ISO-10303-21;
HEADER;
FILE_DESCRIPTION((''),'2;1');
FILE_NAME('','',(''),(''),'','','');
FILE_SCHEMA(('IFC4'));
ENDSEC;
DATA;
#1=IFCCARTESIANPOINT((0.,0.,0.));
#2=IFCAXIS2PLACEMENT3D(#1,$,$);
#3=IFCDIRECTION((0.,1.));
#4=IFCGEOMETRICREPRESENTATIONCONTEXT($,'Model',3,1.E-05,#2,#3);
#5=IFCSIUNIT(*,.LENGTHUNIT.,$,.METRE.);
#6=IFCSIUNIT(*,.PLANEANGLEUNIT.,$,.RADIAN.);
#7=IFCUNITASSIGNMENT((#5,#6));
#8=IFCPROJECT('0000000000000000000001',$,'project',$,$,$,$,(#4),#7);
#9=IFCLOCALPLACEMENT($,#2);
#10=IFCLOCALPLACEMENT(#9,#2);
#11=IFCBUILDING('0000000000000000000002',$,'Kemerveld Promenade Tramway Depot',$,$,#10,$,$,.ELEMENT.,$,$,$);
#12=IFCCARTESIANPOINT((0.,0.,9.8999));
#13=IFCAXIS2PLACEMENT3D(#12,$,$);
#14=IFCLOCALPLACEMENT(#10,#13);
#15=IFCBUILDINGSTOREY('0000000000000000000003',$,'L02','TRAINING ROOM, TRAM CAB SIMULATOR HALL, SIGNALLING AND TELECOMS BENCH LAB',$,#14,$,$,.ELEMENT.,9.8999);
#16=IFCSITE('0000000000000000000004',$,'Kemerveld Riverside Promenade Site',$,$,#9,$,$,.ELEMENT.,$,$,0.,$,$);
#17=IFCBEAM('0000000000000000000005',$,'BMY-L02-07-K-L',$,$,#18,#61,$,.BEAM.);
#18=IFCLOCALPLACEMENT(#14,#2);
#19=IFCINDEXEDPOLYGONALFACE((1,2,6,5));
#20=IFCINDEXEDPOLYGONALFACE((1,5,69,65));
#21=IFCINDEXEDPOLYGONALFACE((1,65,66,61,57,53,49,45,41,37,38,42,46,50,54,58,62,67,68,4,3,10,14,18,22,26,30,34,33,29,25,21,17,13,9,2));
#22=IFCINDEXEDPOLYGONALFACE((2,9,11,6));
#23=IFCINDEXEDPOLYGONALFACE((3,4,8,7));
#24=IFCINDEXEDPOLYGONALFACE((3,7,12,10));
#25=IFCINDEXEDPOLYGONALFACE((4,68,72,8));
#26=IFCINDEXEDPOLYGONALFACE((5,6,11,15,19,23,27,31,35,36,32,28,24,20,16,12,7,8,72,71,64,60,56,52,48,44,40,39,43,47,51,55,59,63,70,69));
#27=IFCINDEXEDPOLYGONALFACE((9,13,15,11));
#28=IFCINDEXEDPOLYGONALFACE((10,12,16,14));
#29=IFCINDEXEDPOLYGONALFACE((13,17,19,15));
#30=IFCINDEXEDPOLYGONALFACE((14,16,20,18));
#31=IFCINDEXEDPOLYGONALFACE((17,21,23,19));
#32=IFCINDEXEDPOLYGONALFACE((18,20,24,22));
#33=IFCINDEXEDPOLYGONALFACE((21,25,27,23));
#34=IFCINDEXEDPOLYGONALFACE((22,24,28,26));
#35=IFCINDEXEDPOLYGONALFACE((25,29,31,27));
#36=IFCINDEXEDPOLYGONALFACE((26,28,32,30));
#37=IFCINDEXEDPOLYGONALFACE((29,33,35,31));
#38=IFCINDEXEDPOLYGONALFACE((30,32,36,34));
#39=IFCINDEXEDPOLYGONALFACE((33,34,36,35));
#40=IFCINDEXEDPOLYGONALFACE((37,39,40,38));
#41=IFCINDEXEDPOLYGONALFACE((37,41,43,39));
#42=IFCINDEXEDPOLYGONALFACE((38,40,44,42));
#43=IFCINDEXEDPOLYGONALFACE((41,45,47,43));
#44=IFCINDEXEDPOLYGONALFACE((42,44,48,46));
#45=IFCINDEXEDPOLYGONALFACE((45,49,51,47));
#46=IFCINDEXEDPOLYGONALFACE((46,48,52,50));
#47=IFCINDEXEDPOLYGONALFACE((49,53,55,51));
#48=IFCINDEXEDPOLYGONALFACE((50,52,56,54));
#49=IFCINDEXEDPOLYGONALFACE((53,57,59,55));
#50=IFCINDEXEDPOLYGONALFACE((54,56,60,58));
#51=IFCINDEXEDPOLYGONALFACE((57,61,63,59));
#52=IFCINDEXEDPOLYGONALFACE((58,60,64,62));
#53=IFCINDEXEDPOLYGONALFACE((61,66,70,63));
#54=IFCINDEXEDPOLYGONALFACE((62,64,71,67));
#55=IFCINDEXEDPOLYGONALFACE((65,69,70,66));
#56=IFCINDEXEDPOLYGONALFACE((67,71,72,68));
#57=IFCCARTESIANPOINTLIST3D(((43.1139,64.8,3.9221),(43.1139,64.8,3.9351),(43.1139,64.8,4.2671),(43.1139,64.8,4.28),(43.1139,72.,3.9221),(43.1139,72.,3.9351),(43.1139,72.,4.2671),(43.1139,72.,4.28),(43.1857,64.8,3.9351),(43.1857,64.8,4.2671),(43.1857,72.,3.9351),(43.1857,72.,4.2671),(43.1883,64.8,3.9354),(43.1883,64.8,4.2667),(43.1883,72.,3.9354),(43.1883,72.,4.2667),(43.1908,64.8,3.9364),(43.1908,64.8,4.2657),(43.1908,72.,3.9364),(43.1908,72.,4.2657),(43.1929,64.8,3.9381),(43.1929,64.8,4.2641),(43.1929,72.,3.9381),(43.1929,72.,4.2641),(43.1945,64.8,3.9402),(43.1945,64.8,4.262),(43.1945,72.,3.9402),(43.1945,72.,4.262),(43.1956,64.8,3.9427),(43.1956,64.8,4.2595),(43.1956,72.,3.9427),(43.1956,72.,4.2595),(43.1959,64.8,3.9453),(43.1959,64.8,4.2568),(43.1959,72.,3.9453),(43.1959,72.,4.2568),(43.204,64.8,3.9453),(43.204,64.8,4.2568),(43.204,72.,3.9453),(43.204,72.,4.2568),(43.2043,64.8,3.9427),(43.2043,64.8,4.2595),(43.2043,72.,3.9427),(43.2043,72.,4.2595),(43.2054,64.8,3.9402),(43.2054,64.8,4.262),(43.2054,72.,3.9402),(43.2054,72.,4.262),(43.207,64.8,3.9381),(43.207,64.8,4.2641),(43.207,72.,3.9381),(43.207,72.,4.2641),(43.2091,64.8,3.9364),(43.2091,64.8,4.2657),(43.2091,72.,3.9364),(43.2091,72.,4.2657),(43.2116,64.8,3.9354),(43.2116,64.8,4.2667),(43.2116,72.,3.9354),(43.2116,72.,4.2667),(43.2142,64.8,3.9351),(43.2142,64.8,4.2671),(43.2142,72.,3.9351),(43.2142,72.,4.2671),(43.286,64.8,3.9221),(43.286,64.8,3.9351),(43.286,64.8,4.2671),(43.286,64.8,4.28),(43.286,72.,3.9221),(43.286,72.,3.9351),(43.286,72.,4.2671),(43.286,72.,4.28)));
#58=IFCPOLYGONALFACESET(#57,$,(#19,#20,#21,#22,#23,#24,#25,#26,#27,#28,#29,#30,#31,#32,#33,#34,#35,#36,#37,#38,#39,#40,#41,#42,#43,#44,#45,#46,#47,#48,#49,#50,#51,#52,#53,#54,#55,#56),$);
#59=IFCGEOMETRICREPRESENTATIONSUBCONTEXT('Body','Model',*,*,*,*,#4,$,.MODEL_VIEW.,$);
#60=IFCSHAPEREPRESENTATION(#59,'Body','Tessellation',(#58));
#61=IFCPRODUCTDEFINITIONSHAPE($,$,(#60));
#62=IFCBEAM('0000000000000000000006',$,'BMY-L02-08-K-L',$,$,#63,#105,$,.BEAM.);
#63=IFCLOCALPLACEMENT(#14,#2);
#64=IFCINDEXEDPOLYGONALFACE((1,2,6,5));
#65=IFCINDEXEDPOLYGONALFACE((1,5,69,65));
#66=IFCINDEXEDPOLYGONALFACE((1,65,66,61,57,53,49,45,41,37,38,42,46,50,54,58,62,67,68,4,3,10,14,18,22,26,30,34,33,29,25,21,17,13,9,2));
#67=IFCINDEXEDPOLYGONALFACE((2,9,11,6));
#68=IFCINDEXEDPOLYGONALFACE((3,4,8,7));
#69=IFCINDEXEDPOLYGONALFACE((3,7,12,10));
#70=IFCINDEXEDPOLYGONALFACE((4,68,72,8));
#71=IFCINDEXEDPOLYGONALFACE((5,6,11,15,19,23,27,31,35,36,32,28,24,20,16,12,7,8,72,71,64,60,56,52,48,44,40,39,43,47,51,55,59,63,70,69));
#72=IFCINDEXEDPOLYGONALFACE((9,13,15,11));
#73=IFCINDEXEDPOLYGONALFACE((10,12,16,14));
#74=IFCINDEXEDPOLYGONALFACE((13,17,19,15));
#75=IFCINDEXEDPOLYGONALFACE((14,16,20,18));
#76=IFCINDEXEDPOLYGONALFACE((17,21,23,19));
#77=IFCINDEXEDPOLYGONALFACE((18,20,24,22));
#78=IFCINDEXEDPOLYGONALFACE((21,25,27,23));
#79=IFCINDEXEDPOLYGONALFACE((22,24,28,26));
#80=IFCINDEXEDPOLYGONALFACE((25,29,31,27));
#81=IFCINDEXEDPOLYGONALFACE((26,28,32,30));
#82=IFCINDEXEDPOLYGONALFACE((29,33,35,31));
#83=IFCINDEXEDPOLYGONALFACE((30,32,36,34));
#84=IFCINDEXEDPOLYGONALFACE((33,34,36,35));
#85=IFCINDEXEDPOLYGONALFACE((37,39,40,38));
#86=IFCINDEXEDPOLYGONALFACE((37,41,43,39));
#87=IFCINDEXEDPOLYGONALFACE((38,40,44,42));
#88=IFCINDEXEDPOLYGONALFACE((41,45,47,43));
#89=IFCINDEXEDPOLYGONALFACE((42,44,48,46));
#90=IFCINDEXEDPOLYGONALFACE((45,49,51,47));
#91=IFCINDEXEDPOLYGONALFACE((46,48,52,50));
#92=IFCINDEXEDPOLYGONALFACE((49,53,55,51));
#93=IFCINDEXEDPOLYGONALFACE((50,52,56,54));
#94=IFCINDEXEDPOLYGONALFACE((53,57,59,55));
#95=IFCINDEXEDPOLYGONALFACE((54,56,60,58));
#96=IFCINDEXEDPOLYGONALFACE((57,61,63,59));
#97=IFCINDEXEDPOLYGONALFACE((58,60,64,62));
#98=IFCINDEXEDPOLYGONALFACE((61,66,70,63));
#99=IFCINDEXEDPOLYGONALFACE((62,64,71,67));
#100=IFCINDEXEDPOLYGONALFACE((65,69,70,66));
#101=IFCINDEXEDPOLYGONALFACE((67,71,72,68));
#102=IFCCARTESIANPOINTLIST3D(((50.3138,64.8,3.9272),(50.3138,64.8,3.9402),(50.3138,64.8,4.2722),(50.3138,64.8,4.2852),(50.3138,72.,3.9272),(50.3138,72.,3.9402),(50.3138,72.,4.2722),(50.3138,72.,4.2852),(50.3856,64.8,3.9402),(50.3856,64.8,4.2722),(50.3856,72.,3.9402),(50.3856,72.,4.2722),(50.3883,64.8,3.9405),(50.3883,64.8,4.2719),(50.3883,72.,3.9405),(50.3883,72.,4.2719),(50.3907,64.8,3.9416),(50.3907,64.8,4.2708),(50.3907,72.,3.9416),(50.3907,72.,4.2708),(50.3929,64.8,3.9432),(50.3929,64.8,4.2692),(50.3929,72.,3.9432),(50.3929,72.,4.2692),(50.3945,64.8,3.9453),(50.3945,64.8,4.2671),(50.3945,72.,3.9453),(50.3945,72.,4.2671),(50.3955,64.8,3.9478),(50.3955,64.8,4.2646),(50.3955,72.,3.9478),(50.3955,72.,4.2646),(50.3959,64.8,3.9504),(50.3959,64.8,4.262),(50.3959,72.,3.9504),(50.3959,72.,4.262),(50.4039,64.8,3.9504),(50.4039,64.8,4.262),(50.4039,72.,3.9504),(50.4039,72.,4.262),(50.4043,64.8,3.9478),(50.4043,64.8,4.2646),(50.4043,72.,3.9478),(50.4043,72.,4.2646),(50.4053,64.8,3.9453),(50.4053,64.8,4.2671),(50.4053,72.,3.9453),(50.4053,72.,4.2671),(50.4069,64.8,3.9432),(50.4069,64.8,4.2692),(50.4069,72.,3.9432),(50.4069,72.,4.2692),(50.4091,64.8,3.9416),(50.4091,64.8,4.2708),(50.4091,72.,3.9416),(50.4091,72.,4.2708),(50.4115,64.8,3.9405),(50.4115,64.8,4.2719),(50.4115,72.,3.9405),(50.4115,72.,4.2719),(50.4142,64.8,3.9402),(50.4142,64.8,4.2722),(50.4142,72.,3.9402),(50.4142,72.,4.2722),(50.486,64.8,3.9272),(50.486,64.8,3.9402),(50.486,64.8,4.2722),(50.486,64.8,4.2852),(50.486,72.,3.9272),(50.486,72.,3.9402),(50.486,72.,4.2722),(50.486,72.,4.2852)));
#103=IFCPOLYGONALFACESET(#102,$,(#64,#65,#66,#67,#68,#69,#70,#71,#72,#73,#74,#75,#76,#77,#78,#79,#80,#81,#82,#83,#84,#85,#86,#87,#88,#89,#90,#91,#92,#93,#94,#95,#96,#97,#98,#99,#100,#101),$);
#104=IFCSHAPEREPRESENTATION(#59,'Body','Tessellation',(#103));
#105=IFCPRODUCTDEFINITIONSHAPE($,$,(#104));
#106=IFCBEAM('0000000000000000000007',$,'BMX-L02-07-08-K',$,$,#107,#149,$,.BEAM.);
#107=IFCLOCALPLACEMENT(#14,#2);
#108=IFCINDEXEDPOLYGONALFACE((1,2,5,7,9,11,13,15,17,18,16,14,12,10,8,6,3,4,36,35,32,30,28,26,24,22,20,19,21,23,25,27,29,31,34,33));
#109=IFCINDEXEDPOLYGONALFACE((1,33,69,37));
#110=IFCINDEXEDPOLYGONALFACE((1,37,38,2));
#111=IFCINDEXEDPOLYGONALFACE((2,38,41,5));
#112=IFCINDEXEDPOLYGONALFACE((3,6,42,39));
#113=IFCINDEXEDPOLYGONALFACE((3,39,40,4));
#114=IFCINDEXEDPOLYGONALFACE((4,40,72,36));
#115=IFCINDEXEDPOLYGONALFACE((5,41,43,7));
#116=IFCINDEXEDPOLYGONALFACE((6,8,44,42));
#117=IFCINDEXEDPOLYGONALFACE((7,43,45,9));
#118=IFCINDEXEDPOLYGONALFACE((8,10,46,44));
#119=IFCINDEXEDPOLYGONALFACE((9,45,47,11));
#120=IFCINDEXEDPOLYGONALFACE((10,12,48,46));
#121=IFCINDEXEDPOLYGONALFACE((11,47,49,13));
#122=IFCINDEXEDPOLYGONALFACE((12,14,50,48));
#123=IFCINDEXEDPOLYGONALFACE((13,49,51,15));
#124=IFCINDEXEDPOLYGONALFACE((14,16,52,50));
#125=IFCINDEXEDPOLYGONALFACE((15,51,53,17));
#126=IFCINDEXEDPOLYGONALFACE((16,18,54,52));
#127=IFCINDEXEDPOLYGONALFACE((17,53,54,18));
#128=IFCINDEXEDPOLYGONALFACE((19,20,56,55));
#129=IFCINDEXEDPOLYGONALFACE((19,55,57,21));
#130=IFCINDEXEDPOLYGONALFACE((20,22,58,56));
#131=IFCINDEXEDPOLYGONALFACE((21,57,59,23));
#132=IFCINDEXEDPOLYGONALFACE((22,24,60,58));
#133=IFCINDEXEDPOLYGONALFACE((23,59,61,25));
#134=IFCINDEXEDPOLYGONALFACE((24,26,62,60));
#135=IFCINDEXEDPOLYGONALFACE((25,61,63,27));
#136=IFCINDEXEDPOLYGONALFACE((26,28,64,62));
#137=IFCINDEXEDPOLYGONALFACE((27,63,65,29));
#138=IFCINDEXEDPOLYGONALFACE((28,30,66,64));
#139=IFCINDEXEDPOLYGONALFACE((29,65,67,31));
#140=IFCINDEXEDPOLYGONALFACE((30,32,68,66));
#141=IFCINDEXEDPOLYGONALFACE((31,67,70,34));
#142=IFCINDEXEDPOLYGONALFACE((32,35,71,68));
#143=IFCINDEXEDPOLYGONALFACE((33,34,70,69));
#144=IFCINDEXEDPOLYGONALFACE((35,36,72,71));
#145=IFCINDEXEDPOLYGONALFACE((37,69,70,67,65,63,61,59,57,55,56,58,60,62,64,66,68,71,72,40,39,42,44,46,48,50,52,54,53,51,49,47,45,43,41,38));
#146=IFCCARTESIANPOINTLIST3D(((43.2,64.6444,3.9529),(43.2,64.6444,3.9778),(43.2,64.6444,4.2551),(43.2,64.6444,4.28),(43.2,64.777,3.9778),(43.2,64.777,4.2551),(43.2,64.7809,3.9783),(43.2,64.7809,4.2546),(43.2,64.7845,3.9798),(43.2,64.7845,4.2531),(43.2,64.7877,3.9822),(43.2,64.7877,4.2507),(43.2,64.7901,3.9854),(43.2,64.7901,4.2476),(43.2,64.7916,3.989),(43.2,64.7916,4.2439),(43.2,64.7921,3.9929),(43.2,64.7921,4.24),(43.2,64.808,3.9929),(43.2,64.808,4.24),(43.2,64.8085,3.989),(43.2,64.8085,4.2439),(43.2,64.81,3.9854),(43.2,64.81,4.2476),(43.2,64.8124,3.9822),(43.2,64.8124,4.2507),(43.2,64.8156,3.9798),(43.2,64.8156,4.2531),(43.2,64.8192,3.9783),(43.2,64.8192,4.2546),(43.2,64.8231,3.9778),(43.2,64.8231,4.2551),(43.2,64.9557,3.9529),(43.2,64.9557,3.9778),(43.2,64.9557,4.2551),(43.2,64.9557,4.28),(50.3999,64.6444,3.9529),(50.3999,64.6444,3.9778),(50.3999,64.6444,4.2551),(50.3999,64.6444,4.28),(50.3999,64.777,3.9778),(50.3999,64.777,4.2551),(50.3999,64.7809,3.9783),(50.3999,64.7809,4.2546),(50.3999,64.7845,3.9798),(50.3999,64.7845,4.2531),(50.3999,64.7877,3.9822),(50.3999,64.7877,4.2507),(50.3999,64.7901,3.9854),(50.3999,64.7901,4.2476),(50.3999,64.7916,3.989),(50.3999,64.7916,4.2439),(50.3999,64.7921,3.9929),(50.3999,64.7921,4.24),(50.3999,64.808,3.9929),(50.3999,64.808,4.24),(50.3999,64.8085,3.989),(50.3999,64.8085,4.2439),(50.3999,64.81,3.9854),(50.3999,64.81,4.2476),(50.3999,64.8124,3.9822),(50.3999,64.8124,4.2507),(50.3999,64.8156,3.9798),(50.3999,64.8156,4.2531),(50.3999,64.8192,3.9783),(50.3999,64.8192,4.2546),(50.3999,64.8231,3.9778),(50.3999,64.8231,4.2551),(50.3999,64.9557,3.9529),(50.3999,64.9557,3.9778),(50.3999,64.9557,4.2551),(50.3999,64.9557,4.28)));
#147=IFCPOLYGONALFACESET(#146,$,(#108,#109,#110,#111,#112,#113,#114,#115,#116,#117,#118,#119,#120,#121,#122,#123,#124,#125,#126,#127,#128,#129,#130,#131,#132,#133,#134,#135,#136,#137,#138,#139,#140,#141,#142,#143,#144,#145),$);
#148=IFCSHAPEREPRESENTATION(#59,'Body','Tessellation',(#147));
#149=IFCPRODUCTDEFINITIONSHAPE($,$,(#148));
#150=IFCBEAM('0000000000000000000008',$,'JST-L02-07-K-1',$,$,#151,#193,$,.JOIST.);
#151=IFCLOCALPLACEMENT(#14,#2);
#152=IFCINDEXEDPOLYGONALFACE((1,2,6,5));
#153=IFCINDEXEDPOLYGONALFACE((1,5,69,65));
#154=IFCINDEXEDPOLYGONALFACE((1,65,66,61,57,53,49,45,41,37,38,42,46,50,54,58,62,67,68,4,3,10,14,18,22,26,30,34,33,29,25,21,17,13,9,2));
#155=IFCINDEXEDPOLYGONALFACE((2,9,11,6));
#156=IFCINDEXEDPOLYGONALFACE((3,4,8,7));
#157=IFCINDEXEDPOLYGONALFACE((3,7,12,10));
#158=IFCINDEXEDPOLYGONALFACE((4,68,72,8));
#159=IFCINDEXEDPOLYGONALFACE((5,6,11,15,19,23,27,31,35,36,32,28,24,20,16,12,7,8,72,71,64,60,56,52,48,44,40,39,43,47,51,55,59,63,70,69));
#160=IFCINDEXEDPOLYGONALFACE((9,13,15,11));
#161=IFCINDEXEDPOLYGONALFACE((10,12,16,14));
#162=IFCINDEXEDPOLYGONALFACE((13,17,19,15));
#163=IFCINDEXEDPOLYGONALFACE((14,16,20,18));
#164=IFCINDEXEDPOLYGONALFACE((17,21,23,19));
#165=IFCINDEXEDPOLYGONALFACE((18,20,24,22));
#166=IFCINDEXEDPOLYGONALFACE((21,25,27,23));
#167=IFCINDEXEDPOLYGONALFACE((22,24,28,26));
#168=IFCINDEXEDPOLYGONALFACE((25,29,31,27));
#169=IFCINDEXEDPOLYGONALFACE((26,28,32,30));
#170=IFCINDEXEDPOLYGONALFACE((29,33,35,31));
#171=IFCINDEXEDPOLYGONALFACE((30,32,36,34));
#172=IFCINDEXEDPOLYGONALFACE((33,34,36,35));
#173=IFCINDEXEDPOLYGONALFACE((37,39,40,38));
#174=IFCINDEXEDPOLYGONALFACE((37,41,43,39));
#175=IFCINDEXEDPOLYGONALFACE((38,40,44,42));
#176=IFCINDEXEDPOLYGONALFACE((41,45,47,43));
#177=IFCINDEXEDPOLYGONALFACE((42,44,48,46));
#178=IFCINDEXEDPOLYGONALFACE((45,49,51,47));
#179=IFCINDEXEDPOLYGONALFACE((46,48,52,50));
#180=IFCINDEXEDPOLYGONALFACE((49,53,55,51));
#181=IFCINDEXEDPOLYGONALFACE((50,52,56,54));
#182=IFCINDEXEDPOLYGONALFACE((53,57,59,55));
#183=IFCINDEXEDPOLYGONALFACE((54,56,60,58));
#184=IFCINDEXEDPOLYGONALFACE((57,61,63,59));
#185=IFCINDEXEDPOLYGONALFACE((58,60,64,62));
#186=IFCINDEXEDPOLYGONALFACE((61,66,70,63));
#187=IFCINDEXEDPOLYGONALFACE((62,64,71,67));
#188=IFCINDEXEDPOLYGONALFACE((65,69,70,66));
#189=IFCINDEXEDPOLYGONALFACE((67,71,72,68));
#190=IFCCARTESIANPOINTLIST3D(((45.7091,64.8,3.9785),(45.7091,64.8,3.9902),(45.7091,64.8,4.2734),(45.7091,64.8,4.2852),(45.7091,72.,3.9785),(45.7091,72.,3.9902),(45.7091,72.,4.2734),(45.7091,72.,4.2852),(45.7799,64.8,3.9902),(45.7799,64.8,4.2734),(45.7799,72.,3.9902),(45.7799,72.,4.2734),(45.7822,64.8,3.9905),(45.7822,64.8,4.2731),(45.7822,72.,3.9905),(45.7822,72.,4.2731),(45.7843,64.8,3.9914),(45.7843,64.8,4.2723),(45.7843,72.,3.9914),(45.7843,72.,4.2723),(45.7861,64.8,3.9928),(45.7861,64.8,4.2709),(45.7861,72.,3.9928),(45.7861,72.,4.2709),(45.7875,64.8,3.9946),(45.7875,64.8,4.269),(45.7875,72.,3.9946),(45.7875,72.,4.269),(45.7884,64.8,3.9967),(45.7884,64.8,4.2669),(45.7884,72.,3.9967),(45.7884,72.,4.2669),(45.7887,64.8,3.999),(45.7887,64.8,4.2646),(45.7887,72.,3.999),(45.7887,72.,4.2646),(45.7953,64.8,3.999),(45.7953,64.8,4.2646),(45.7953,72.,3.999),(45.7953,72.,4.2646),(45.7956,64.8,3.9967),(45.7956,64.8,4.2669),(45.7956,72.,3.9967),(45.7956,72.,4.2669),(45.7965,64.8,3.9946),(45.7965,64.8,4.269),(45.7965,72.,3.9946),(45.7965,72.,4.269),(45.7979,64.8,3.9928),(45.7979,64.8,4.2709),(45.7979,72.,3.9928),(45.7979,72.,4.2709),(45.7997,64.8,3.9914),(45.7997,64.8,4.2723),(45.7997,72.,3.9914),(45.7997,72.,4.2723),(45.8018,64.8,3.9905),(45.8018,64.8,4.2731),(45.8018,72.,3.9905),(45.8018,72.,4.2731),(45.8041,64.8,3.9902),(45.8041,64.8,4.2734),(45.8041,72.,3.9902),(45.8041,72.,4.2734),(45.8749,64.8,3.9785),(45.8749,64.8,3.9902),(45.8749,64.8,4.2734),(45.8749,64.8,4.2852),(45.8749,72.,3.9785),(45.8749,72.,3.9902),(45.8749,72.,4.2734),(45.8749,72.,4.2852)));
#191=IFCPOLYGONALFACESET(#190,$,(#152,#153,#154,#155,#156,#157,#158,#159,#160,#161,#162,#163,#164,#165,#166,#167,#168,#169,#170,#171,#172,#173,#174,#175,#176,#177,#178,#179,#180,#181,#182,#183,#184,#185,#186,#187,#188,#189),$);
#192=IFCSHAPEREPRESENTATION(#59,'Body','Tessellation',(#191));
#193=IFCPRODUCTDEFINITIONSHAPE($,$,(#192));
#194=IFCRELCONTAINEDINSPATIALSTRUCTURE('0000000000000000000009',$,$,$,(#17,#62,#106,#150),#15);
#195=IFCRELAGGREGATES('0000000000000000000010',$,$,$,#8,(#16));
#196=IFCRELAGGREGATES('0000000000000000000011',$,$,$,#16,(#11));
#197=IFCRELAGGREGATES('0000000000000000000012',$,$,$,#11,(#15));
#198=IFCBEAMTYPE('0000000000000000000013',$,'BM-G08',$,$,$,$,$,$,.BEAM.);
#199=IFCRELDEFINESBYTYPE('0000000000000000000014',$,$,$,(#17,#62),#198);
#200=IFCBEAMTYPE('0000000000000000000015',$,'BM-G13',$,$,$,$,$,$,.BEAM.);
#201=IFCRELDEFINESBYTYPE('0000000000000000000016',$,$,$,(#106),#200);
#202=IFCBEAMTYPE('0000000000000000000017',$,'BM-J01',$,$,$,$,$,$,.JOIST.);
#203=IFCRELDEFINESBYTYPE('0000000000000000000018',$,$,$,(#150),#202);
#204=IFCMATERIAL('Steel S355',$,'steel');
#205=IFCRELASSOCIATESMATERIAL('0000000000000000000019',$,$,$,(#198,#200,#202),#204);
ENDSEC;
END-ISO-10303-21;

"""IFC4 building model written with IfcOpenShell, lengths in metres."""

from ifc_helpers import new_model, si_unit, direction, frame, origin, origin_2d, place, context, subcontext, project, spatial, i_section, extrude, material, material_profile, profile_set, type_object, element, save


model = new_model("IFC4")

# Units and contexts
model_context = context("Model", 3, precision=1e-05, world=origin(), true_north=direction((0.0, 1.0)))
body_context = subcontext(model_context, "Body", "Model", "MODEL_VIEW")
ifc_project = project(units=[si_unit("LENGTHUNIT", "METRE"), si_unit("PLANEANGLEUNIT", "RADIAN")], contexts=[model_context])

# Site, building, storey
site_placement = place(None, origin())
site = spatial("IfcSite", under=ifc_project, at=site_placement, Name="Kemerveld Riverside Promenade Site", CompositionType="ELEMENT", RefElevation=0.0)
building_placement = place(site_placement, origin())
building = spatial("IfcBuilding", under=site, at=building_placement, Name="Kemerveld Promenade Tramway Depot", CompositionType="ELEMENT")
storey_placement = place(building_placement, frame((0.0, 0.0, 9.8999)))
storey = spatial("IfcBuildingStorey", under=building, at=storey_placement, Name="L02", Description="TRAINING ROOM, TRAM CAB SIMULATOR HALL, SIGNALLING AND TELECOMS BENCH LAB", CompositionType="ELEMENT", Elevation=9.8999)

# Shared definitions
ifc_material_1 = material(Name="Steel S355", Category="steel")

# Beams
ifc_material_profile_1 = material_profile(ifc_material_1, i_section(OverallWidth=0.1721, OverallDepth=0.3579, WebThickness=0.0081, FlangeThickness=0.0129, FilletRadius=0.0103, at=origin_2d()), Name="356x171x57 UB")
ifc_profile_set_1 = profile_set([ifc_material_profile_1], Name="Steel S355")
beam_type_1 = type_object("IfcBeamType", Name="BM-G08", PredefinedType="BEAM", material=ifc_profile_set_1)
for number, where, z_axis, x_axis, name in (
    (1, (43.2, 64.8, 4.1011), (0.0, 1.0, 0.0), (-1.0, 0.0, 0.0), "BMY-L02-07-K-L"),
    (2, (50.3999, 64.8, 4.1062), (0.0, 1.0, 0.0), (-1.0, 0.0, 0.0), "BMY-L02-08-K-L"),
):
    element("IfcBeam", number, at=place(storey_placement, frame(where, z_axis=z_axis, x_axis=x_axis)), inside=storey, type_object=beam_type_1, Name=name, PredefinedType="BEAM", context=body_context, shape_type="SweptSolid", body=[
        extrude(i_section(OverallWidth=0.1721, OverallDepth=0.3579, WebThickness=0.0081, FlangeThickness=0.0129, FilletRadius=0.0103, at=origin_2d()), origin(), (0.0, 0.0, 1.0), 7.2),
    ])
ifc_material_profile_2 = material_profile(ifc_material_1, i_section(OverallWidth=0.3113, OverallDepth=0.3271, WebThickness=0.0159, FlangeThickness=0.0249, FilletRadius=0.0151, at=origin_2d()), Name="305x305x158 UC")
ifc_profile_set_2 = profile_set([ifc_material_profile_2], Name="Steel S355")
beam_type_2 = type_object("IfcBeamType", Name="BM-G13", PredefinedType="BEAM", material=ifc_profile_set_2)
beam_1_placement = place(storey_placement, frame((43.2, 64.8, 4.1165), z_axis=(1.0, 0.0, 0.0), x_axis=(0.0, 1.0, 0.0)))
element("IfcBeam", 3, at=beam_1_placement, inside=storey, type_object=beam_type_2, Name="BMX-L02-07-08-K", PredefinedType="BEAM", context=body_context, shape_type="SweptSolid", body=[
    extrude(i_section(OverallWidth=0.3113, OverallDepth=0.3271, WebThickness=0.0159, FlangeThickness=0.0249, FilletRadius=0.0151, at=origin_2d()), origin(), (0.0, 0.0, 1.0), 7.2),
])
ifc_material_profile_3 = material_profile(ifc_material_1, i_section(OverallWidth=0.1658, OverallDepth=0.3066, WebThickness=0.0066, FlangeThickness=0.0117, FilletRadius=0.0088, at=origin_2d()), Name="305x165x46 UB")
ifc_profile_set_3 = profile_set([ifc_material_profile_3], Name="Steel S355")
beam_type_3 = type_object("IfcBeamType", Name="BM-J01", PredefinedType="JOIST", material=ifc_profile_set_3)
for number, where, z_axis, x_axis, name in (
    (4, (45.792, 64.8, 4.1318), (0.0, 1.0, 0.0), (-1.0, 0.0, 0.0), "JST-L02-07-K-1"),
):
    element("IfcBeam", number, at=place(storey_placement, frame(where, z_axis=z_axis, x_axis=x_axis)), inside=storey, type_object=beam_type_3, Name=name, PredefinedType="JOIST", context=body_context, shape_type="SweptSolid", body=[
        extrude(i_section(OverallWidth=0.1658, OverallDepth=0.3066, WebThickness=0.0066, FlangeThickness=0.0117, FilletRadius=0.0088, at=origin_2d()), origin(), (0.0, 0.0, 1.0), 7.2),
    ])

save(model, "model.ifc")
